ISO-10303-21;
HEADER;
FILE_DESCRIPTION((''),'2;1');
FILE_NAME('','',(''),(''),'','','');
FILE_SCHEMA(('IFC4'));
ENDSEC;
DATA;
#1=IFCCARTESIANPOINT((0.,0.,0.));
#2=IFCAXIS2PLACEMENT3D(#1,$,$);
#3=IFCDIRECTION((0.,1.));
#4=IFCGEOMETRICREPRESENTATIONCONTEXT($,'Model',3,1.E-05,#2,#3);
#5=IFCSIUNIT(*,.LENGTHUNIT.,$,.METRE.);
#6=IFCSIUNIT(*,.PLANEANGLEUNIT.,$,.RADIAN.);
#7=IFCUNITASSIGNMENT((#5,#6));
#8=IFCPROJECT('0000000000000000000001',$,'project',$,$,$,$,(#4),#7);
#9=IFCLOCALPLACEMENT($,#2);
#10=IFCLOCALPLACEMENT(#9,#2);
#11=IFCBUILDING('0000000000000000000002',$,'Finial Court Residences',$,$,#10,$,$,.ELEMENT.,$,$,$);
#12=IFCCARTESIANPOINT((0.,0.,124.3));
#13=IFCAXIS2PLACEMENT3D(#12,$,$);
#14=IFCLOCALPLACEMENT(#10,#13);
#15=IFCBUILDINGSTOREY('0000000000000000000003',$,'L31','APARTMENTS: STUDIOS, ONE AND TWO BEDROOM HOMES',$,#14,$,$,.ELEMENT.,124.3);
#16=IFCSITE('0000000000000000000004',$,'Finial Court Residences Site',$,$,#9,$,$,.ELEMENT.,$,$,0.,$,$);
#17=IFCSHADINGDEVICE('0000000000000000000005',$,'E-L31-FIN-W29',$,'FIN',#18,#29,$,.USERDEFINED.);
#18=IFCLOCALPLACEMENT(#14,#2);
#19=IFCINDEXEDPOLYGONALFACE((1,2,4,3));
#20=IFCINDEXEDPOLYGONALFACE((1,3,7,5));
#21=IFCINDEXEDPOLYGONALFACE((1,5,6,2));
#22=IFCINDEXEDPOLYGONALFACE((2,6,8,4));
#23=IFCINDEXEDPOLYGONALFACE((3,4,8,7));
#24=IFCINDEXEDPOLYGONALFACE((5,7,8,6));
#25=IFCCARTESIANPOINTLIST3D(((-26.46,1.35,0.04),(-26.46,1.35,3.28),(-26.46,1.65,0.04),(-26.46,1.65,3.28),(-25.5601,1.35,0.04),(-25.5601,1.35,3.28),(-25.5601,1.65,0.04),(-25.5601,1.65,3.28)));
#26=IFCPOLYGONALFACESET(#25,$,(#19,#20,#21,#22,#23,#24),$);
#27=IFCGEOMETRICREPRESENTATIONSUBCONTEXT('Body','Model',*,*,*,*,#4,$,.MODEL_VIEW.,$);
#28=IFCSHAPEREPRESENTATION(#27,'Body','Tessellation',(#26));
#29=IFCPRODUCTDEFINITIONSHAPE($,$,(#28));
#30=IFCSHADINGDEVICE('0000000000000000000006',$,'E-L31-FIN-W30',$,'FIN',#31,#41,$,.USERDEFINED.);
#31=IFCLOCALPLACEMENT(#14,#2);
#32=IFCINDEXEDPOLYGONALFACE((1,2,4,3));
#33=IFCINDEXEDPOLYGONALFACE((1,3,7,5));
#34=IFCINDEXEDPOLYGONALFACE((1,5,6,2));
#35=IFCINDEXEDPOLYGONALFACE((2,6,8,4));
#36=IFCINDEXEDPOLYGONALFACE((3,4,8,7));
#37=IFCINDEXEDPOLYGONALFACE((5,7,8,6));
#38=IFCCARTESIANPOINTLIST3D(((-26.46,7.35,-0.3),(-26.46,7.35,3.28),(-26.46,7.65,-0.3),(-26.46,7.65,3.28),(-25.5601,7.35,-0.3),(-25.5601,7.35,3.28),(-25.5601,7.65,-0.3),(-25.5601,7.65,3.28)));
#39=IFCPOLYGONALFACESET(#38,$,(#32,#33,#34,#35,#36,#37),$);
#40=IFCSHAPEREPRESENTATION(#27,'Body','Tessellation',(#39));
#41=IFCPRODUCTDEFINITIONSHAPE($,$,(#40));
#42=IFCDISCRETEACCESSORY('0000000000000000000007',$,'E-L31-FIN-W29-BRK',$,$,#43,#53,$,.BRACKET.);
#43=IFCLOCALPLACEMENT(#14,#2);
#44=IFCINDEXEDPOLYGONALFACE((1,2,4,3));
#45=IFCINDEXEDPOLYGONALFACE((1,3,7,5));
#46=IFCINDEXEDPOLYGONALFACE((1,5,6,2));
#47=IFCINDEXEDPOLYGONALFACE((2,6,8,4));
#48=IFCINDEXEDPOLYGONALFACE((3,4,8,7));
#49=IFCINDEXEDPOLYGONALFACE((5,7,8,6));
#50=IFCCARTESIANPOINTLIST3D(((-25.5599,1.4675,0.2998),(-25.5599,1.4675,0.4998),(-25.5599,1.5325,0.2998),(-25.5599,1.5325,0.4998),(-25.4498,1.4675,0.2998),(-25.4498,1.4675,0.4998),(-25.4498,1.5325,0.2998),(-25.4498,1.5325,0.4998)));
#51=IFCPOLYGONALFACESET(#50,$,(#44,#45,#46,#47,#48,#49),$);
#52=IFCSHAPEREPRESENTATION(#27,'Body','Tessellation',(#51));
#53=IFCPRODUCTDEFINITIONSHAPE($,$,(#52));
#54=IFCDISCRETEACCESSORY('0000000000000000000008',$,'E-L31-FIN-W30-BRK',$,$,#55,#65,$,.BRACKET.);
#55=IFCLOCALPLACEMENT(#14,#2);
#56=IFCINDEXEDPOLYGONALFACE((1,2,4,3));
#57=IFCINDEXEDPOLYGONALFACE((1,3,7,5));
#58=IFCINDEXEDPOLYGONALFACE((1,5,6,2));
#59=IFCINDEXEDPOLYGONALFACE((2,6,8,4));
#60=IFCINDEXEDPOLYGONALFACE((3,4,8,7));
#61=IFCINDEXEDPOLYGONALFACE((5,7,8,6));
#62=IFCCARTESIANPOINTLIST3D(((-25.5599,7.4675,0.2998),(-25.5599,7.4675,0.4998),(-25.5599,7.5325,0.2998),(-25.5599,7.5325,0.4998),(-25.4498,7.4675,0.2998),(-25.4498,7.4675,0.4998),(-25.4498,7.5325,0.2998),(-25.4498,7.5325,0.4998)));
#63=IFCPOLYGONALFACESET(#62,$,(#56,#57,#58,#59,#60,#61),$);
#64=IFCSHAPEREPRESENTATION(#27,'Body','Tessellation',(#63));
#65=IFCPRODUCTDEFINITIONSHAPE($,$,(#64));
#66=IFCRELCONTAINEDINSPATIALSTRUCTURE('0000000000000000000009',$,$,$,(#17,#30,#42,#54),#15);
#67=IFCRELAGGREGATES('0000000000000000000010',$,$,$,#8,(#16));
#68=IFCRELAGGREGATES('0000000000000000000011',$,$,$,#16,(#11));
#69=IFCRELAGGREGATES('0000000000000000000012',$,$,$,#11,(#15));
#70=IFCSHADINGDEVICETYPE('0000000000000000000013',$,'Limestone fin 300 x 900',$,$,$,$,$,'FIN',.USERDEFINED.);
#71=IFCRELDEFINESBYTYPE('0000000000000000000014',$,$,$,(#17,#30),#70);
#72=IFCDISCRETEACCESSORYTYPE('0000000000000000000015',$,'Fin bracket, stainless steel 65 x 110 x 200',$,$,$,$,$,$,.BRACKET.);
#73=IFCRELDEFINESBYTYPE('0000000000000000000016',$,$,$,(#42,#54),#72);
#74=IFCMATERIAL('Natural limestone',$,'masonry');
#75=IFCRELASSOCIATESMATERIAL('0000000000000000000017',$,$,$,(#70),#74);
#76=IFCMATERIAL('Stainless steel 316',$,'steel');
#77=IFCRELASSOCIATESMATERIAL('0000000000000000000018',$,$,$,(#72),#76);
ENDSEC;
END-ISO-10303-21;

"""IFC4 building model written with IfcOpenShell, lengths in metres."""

from ifc_helpers import new_model, si_unit, direction, frame, origin, origin_2d, place, context, subcontext, project, spatial, rectangle, extrude, material, type_object, element, save


model = new_model("IFC4")

# Units and contexts
model_context = context("Model", 3, precision=1e-05, world=origin(), true_north=direction((0.0, 1.0)))
body_context = subcontext(model_context, "Body", "Model", "MODEL_VIEW")
ifc_project = project(units=[si_unit("LENGTHUNIT", "METRE"), si_unit("PLANEANGLEUNIT", "RADIAN")], contexts=[model_context])

# Site, building, storey
site_placement = place(None, origin())
site = spatial("IfcSite", under=ifc_project, at=site_placement, Name="Finial Court Residences Site", CompositionType="ELEMENT", RefElevation=0.0)
building_placement = place(site_placement, origin())
building = spatial("IfcBuilding", under=site, at=building_placement, Name="Finial Court Residences", CompositionType="ELEMENT")
storey_placement = place(building_placement, frame((0.0, 0.0, 124.3)))
storey = spatial("IfcBuildingStorey", under=building, at=storey_placement, Name="L31", Description="APARTMENTS: STUDIOS, ONE AND TWO BEDROOM HOMES", CompositionType="ELEMENT", Elevation=124.3)

# Shading devices
ifc_material_1 = material(Name="Natural limestone", Category="masonry")
shading_device_type = type_object("IfcShadingDeviceType", Name="Limestone fin 300 x 900", ElementType="FIN", PredefinedType="USERDEFINED", material=ifc_material_1)
shading_device_1_placement = place(storey_placement, frame((-26.01, 1.5, 0.04), z_axis=(0.0, 0.0, 1.0), x_axis=(1.0, 0.0, 0.0)))
element("IfcShadingDevice", 1, at=shading_device_1_placement, inside=storey, type_object=shading_device_type, Name="E-L31-FIN-W29", ObjectType="FIN", PredefinedType="USERDEFINED", context=body_context, shape_type="SweptSolid", body=[
    extrude(rectangle(XDim=0.8999, YDim=0.3, at=origin_2d()), origin(), (0.0, 0.0, 1.0), 3.24),
])
shading_device_2_placement = place(storey_placement, frame((-26.01, 7.5, -0.3), z_axis=(0.0, 0.0, 1.0), x_axis=(1.0, 0.0, 0.0)))
element("IfcShadingDevice", 2, at=shading_device_2_placement, inside=storey, type_object=shading_device_type, Name="E-L31-FIN-W30", ObjectType="FIN", PredefinedType="USERDEFINED", context=body_context, shape_type="SweptSolid", body=[
    extrude(rectangle(XDim=0.8999, YDim=0.3, at=origin_2d()), origin(), (0.0, 0.0, 1.0), 3.5801),
])

# Discrete accessories
ifc_material_2 = material(Name="Stainless steel 316", Category="steel")
discrete_accessory_type = type_object("IfcDiscreteAccessoryType", Name="Fin bracket, stainless steel 65 x 110 x 200", PredefinedType="BRACKET", material=ifc_material_2)
for number, where, z_axis, x_axis, name in (
    (3, (-25.5049, 1.5, 0.2998), (0.0, 0.0, 1.0), (1.0, 0.0, 0.0), "E-L31-FIN-W29-BRK"),
    (4, (-25.5049, 7.5, 0.2998), (0.0, 0.0, 1.0), (1.0, 0.0, 0.0), "E-L31-FIN-W30-BRK"),
):
    element("IfcDiscreteAccessory", number, at=place(storey_placement, frame(where, z_axis=z_axis, x_axis=x_axis)), inside=storey, type_object=discrete_accessory_type, Name=name, PredefinedType="BRACKET", context=body_context, shape_type="SweptSolid", body=[
        extrude(rectangle(XDim=0.1101, YDim=0.0649, at=origin_2d()), origin(), (0.0, 0.0, 1.0), 0.2),
    ])

save(model, "model.ifc")
